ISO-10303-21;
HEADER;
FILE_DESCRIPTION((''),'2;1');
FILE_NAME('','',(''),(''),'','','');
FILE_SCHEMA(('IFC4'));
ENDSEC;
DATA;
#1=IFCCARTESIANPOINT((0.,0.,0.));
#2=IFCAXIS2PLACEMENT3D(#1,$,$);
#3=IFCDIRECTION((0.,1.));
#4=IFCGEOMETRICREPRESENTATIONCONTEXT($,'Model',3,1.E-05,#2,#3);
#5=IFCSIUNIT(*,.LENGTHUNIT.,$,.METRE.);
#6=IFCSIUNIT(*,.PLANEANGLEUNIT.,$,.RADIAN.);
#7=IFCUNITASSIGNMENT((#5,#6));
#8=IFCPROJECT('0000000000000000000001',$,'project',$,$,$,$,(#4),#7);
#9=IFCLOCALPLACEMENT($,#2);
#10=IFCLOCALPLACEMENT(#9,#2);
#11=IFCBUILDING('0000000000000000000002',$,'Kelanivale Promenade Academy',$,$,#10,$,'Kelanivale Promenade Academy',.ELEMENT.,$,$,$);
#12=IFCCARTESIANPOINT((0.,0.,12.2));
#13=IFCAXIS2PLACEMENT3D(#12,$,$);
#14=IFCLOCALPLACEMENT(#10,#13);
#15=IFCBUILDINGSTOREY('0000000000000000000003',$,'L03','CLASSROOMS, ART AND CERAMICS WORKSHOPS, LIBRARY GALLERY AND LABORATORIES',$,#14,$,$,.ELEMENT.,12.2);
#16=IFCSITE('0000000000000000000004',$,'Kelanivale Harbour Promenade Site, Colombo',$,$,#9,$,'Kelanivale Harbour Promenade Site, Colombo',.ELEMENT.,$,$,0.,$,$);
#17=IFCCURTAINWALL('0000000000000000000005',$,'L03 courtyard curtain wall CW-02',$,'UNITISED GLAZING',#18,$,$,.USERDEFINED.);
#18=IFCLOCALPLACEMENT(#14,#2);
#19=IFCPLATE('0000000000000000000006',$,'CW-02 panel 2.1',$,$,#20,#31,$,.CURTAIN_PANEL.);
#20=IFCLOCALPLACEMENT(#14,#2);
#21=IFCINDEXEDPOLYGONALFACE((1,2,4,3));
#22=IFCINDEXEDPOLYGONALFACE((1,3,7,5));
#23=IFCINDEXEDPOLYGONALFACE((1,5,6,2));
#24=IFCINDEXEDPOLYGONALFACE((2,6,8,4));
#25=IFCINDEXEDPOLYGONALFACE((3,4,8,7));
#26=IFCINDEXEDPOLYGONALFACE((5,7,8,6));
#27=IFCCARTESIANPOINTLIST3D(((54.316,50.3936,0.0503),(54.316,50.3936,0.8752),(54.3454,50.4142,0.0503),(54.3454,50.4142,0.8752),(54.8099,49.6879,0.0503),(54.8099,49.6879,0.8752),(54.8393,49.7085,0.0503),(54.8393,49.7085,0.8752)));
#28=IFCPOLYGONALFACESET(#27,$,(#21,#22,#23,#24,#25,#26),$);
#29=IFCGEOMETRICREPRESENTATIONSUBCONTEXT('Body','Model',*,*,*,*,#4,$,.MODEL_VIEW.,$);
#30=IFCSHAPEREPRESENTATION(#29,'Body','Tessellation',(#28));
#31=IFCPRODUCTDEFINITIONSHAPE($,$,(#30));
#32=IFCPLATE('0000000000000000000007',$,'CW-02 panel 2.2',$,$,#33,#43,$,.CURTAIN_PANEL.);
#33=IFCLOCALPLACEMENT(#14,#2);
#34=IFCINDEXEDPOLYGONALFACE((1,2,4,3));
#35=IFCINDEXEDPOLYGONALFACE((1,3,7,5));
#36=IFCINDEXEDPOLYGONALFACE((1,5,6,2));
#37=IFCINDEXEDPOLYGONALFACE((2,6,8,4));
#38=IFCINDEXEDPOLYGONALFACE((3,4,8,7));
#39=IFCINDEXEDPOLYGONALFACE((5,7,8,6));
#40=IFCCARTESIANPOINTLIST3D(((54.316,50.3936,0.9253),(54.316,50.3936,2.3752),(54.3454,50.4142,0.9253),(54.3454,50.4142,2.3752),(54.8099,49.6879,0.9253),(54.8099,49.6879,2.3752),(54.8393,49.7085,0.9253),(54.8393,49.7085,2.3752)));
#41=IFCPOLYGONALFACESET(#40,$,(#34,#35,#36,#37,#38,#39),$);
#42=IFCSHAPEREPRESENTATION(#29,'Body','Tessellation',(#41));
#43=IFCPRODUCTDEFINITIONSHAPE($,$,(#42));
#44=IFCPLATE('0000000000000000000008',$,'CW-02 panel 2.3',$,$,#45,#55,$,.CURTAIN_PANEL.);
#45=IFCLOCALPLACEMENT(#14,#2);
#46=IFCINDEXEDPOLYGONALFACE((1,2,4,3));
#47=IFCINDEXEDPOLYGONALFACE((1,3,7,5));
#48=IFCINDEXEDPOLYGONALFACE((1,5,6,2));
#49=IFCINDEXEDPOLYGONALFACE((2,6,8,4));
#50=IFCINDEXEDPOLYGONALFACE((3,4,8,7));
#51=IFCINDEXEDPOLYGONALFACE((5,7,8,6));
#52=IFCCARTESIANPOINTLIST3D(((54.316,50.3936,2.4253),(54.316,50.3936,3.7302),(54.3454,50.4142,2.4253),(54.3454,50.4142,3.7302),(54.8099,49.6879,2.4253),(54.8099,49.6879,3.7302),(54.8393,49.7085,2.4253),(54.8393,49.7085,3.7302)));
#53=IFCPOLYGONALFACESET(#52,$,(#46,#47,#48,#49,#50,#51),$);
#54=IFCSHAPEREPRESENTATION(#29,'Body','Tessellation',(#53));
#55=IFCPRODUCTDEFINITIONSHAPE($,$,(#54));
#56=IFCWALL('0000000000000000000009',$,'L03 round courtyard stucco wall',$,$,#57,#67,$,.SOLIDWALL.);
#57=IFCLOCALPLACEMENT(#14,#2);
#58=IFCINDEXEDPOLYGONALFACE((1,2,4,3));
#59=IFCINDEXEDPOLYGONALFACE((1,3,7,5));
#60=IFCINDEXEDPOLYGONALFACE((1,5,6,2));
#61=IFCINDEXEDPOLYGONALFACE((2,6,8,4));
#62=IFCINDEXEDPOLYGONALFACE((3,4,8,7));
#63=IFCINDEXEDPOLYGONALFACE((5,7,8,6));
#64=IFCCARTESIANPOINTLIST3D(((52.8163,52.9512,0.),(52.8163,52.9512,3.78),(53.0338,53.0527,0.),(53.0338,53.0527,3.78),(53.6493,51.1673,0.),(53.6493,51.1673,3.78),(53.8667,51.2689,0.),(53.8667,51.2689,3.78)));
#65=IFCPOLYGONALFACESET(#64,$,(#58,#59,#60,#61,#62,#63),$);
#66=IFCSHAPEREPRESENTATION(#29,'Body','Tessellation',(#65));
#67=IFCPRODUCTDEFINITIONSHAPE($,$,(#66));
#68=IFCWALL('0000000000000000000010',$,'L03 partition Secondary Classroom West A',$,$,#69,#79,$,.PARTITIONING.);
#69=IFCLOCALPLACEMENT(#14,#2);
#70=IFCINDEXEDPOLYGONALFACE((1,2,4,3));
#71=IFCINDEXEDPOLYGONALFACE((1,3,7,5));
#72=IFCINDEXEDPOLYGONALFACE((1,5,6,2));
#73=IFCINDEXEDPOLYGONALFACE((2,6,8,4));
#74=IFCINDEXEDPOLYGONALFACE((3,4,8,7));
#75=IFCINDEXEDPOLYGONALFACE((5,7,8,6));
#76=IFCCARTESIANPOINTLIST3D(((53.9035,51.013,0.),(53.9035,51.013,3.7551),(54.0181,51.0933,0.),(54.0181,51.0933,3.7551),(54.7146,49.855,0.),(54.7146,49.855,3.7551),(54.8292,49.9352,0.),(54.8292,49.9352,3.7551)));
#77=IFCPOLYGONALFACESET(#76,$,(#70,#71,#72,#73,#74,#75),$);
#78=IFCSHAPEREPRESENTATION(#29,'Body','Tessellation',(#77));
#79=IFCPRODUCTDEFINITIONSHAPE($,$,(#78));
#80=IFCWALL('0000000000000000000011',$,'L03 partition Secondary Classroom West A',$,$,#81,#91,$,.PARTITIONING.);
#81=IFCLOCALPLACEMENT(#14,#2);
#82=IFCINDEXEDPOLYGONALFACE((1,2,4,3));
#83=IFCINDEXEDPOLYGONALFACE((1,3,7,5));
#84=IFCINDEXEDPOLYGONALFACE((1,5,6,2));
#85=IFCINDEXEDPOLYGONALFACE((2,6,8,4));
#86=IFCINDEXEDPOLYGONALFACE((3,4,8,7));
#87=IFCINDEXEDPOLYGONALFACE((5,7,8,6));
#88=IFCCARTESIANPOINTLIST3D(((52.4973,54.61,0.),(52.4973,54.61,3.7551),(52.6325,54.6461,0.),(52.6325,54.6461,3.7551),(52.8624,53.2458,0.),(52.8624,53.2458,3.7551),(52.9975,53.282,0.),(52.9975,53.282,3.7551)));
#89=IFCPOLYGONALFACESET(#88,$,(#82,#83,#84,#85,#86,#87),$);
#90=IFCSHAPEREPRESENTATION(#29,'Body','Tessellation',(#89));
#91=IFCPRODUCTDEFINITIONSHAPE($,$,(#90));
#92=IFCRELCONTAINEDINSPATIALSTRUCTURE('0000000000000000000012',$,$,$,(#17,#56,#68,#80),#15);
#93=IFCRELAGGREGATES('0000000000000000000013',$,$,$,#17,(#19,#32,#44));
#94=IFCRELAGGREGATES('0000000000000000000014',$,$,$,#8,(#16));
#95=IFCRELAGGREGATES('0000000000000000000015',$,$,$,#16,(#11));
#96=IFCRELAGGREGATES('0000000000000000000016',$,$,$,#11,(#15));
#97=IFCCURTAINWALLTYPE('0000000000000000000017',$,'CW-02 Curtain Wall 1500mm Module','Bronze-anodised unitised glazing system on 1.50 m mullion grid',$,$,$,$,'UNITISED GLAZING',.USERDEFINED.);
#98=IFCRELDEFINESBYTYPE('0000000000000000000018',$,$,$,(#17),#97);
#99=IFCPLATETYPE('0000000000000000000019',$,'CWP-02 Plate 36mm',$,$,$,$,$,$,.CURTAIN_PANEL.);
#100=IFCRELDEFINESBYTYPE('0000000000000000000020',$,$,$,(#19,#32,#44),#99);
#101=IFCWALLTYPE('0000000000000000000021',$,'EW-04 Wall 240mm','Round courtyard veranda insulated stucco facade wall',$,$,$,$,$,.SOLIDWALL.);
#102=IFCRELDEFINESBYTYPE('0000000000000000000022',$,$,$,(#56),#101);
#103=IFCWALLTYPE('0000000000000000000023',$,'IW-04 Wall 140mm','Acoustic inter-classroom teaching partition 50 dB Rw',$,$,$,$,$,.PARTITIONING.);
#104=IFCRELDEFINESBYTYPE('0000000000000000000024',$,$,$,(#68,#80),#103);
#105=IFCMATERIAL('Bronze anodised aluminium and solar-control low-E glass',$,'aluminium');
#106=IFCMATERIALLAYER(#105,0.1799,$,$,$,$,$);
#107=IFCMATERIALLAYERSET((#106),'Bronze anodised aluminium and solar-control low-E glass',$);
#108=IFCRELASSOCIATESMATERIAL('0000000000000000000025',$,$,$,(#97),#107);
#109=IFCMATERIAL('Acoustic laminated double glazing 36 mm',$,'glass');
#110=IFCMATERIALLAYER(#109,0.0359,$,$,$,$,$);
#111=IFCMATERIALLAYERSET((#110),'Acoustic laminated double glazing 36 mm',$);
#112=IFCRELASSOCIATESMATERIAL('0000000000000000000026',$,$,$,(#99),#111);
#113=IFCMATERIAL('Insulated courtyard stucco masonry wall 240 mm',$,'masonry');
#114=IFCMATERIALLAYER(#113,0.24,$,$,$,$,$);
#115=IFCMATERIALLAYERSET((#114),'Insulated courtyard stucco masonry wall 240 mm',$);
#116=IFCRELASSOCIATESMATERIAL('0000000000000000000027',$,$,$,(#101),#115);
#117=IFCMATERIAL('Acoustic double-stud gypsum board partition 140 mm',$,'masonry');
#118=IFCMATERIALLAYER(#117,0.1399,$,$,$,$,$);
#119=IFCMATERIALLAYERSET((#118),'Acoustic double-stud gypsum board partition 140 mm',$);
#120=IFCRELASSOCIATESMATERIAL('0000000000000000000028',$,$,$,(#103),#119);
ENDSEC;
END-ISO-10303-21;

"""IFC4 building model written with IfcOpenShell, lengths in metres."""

from ifc_helpers import new_model, si_unit, direction, frame, frame_2d, origin, origin_2d, place, context, subcontext, project, spatial, rectangle, extrude, material, layer, layer_set, type_object, element, aggregate, save


model = new_model("IFC4")

# Units and contexts
model_context = context("Model", 3, precision=1e-05, world=origin(), true_north=direction((0.0, 1.0)))
body_context = subcontext(model_context, "Body", "Model", "MODEL_VIEW")
ifc_project = project(units=[si_unit("LENGTHUNIT", "METRE"), si_unit("PLANEANGLEUNIT", "RADIAN")], contexts=[model_context])

# Site, building, storey
site_placement = place(None, origin())
site = spatial("IfcSite", under=ifc_project, at=site_placement, Name="Kelanivale Harbour Promenade Site, Colombo", LongName="Kelanivale Harbour Promenade Site, Colombo", CompositionType="ELEMENT", RefElevation=0.0)
building_placement = place(site_placement, origin())
building = spatial("IfcBuilding", under=site, at=building_placement, Name="Kelanivale Promenade Academy", LongName="Kelanivale Promenade Academy", CompositionType="ELEMENT")
storey_placement = place(building_placement, frame((0.0, 0.0, 12.2)))
storey = spatial("IfcBuildingStorey", under=building, at=storey_placement, Name="L03", Description="CLASSROOMS, ART AND CERAMICS WORKSHOPS, LIBRARY GALLERY AND LABORATORIES", CompositionType="ELEMENT", Elevation=12.2)

# Shared definitions
ifc_material_1 = material(Name="Bronze anodised aluminium and solar-control low-E glass", Category="aluminium")

# Curtain wall
ifc_layer_1 = layer(ifc_material_1, 0.1799)
ifc_layer_set_1 = layer_set([ifc_layer_1], Name="Bronze anodised aluminium and solar-control low-E glass")
curtain_wall_type_1 = type_object("IfcCurtainWallType", Name="CW-02 Curtain Wall 1500mm Module", Description="Bronze-anodised unitised glazing system on 1.50 m mullion grid", ElementType="UNITISED GLAZING", PredefinedType="USERDEFINED", material=ifc_layer_set_1)
curtain_wall_1_placement = place(storey_placement, origin())
curtain_wall_1 = element("IfcCurtainWall", 1, at=curtain_wall_1_placement, inside=storey, type_object=curtain_wall_type_1, Name="L03 courtyard curtain wall CW-02", ObjectType="UNITISED GLAZING", PredefinedType="USERDEFINED")

# Plates
ifc_material_2 = material(Name="Acoustic laminated double glazing 36 mm", Category="glass")
ifc_layer_2 = layer(ifc_material_2, 0.0359)
ifc_layer_set_2 = layer_set([ifc_layer_2], Name="Acoustic laminated double glazing 36 mm")
plate_type_1 = type_object("IfcPlateType", Name="CWP-02 Plate 36mm", PredefinedType="CURTAIN_PANEL", material=ifc_layer_set_2)
plate_1_placement = place(storey_placement, frame((54.5776, 50.051, 0.0503), z_axis=(0.0, 0.0, 1.0), x_axis=(0.573357, -0.819306, 0.0)))
plate_1 = element("IfcPlate", 2, at=plate_1_placement, type_object=plate_type_1, Name="CW-02 panel 2.1", PredefinedType="CURTAIN_PANEL", context=body_context, shape_type="SweptSolid", body=[
    extrude(rectangle(XDim=0.8613, YDim=0.0359, at=origin_2d()), origin(), (0.0, 0.0, 1.0), 0.825),
])
plate_2_placement = place(storey_placement, frame((54.5776, 50.051, 0.9253), z_axis=(0.0, 0.0, 1.0), x_axis=(0.573357, -0.819306, 0.0)))
plate_2 = element("IfcPlate", 3, at=plate_2_placement, type_object=plate_type_1, Name="CW-02 panel 2.2", PredefinedType="CURTAIN_PANEL", context=body_context, shape_type="SweptSolid", body=[
    extrude(rectangle(XDim=0.8613, YDim=0.0359, at=origin_2d()), origin(), (0.0, 0.0, 1.0), 1.45),
])
plate_3_placement = place(storey_placement, frame((54.5776, 50.051, 2.4253), z_axis=(0.0, 0.0, 1.0), x_axis=(0.573357, -0.819306, 0.0)))
plate_3 = element("IfcPlate", 4, at=plate_3_placement, type_object=plate_type_1, Name="CW-02 panel 2.3", PredefinedType="CURTAIN_PANEL", context=body_context, shape_type="SweptSolid", body=[
    extrude(rectangle(XDim=0.8613, YDim=0.0359, at=origin_2d()), origin(), (0.0, 0.0, 1.0), 1.3049),
])
aggregate(curtain_wall_1, [plate_1, plate_2, plate_3])

# Walls
ifc_material_3 = material(Name="Insulated courtyard stucco masonry wall 240 mm", Category="masonry")
ifc_layer_3 = layer(ifc_material_3, 0.24)
ifc_layer_set_3 = layer_set([ifc_layer_3], Name="Insulated courtyard stucco masonry wall 240 mm")
wall_type_1 = type_object("IfcWallType", Name="EW-04 Wall 240mm", Description="Round courtyard veranda insulated stucco facade wall", PredefinedType="SOLIDWALL", material=ifc_layer_set_3)
wall_1_placement = place(storey_placement, frame((52.925, 53.002, 0.0), z_axis=(0.0, 0.0, 1.0), x_axis=(0.423096, -0.906085, 0.0)))
element("IfcWall", 5, at=wall_1_placement, inside=storey, type_object=wall_type_1, Name="L03 round courtyard stucco wall", PredefinedType="SOLIDWALL", context=body_context, shape_type="SweptSolid", body=[
    extrude(rectangle(XDim=1.9688, YDim=0.24, at=frame_2d((0.9844, 0.0))), origin(), (0.0, 0.0, 1.0), 3.78),
])
ifc_material_4 = material(Name="Acoustic double-stud gypsum board partition 140 mm", Category="masonry")
ifc_layer_4 = layer(ifc_material_4, 0.1399)
ifc_layer_set_4 = layer_set([ifc_layer_4], Name="Acoustic double-stud gypsum board partition 140 mm")
wall_type_2 = type_object("IfcWallType", Name="IW-04 Wall 140mm", Description="Acoustic inter-classroom teaching partition 50 dB Rw", PredefinedType="PARTITIONING", material=ifc_layer_set_4)
wall_2_placement = place(storey_placement, frame((54.772, 49.895, 0.0), z_axis=(0.0, 0.0, 1.0), x_axis=(-0.573683, 0.819078, 0.0)))
element("IfcWall", 6, at=wall_2_placement, inside=storey, type_object=wall_type_2, Name="L03 partition Secondary Classroom West A", PredefinedType="PARTITIONING", context=body_context, shape_type="SweptSolid", body=[
    extrude(rectangle(XDim=1.4138, YDim=0.1399, at=frame_2d((0.707, 0.0))), origin(), (0.0, 0.0, 1.0), 3.7551),
])
wall_3_placement = place(storey_placement, frame((52.9299, 53.2639, 0.0), z_axis=(0.0, 0.0, 1.0), x_axis=(-0.258491, 0.966014, 0.0)))
element("IfcWall", 7, at=wall_3_placement, inside=storey, type_object=wall_type_2, Name="L03 partition Secondary Classroom West A", PredefinedType="PARTITIONING", context=body_context, shape_type="SweptSolid", body=[
    extrude(rectangle(XDim=1.4121, YDim=0.1399, at=frame_2d((0.7061, 0.0))), origin(), (0.0, 0.0, 1.0), 3.7551),
])

save(model, "model.ifc")
